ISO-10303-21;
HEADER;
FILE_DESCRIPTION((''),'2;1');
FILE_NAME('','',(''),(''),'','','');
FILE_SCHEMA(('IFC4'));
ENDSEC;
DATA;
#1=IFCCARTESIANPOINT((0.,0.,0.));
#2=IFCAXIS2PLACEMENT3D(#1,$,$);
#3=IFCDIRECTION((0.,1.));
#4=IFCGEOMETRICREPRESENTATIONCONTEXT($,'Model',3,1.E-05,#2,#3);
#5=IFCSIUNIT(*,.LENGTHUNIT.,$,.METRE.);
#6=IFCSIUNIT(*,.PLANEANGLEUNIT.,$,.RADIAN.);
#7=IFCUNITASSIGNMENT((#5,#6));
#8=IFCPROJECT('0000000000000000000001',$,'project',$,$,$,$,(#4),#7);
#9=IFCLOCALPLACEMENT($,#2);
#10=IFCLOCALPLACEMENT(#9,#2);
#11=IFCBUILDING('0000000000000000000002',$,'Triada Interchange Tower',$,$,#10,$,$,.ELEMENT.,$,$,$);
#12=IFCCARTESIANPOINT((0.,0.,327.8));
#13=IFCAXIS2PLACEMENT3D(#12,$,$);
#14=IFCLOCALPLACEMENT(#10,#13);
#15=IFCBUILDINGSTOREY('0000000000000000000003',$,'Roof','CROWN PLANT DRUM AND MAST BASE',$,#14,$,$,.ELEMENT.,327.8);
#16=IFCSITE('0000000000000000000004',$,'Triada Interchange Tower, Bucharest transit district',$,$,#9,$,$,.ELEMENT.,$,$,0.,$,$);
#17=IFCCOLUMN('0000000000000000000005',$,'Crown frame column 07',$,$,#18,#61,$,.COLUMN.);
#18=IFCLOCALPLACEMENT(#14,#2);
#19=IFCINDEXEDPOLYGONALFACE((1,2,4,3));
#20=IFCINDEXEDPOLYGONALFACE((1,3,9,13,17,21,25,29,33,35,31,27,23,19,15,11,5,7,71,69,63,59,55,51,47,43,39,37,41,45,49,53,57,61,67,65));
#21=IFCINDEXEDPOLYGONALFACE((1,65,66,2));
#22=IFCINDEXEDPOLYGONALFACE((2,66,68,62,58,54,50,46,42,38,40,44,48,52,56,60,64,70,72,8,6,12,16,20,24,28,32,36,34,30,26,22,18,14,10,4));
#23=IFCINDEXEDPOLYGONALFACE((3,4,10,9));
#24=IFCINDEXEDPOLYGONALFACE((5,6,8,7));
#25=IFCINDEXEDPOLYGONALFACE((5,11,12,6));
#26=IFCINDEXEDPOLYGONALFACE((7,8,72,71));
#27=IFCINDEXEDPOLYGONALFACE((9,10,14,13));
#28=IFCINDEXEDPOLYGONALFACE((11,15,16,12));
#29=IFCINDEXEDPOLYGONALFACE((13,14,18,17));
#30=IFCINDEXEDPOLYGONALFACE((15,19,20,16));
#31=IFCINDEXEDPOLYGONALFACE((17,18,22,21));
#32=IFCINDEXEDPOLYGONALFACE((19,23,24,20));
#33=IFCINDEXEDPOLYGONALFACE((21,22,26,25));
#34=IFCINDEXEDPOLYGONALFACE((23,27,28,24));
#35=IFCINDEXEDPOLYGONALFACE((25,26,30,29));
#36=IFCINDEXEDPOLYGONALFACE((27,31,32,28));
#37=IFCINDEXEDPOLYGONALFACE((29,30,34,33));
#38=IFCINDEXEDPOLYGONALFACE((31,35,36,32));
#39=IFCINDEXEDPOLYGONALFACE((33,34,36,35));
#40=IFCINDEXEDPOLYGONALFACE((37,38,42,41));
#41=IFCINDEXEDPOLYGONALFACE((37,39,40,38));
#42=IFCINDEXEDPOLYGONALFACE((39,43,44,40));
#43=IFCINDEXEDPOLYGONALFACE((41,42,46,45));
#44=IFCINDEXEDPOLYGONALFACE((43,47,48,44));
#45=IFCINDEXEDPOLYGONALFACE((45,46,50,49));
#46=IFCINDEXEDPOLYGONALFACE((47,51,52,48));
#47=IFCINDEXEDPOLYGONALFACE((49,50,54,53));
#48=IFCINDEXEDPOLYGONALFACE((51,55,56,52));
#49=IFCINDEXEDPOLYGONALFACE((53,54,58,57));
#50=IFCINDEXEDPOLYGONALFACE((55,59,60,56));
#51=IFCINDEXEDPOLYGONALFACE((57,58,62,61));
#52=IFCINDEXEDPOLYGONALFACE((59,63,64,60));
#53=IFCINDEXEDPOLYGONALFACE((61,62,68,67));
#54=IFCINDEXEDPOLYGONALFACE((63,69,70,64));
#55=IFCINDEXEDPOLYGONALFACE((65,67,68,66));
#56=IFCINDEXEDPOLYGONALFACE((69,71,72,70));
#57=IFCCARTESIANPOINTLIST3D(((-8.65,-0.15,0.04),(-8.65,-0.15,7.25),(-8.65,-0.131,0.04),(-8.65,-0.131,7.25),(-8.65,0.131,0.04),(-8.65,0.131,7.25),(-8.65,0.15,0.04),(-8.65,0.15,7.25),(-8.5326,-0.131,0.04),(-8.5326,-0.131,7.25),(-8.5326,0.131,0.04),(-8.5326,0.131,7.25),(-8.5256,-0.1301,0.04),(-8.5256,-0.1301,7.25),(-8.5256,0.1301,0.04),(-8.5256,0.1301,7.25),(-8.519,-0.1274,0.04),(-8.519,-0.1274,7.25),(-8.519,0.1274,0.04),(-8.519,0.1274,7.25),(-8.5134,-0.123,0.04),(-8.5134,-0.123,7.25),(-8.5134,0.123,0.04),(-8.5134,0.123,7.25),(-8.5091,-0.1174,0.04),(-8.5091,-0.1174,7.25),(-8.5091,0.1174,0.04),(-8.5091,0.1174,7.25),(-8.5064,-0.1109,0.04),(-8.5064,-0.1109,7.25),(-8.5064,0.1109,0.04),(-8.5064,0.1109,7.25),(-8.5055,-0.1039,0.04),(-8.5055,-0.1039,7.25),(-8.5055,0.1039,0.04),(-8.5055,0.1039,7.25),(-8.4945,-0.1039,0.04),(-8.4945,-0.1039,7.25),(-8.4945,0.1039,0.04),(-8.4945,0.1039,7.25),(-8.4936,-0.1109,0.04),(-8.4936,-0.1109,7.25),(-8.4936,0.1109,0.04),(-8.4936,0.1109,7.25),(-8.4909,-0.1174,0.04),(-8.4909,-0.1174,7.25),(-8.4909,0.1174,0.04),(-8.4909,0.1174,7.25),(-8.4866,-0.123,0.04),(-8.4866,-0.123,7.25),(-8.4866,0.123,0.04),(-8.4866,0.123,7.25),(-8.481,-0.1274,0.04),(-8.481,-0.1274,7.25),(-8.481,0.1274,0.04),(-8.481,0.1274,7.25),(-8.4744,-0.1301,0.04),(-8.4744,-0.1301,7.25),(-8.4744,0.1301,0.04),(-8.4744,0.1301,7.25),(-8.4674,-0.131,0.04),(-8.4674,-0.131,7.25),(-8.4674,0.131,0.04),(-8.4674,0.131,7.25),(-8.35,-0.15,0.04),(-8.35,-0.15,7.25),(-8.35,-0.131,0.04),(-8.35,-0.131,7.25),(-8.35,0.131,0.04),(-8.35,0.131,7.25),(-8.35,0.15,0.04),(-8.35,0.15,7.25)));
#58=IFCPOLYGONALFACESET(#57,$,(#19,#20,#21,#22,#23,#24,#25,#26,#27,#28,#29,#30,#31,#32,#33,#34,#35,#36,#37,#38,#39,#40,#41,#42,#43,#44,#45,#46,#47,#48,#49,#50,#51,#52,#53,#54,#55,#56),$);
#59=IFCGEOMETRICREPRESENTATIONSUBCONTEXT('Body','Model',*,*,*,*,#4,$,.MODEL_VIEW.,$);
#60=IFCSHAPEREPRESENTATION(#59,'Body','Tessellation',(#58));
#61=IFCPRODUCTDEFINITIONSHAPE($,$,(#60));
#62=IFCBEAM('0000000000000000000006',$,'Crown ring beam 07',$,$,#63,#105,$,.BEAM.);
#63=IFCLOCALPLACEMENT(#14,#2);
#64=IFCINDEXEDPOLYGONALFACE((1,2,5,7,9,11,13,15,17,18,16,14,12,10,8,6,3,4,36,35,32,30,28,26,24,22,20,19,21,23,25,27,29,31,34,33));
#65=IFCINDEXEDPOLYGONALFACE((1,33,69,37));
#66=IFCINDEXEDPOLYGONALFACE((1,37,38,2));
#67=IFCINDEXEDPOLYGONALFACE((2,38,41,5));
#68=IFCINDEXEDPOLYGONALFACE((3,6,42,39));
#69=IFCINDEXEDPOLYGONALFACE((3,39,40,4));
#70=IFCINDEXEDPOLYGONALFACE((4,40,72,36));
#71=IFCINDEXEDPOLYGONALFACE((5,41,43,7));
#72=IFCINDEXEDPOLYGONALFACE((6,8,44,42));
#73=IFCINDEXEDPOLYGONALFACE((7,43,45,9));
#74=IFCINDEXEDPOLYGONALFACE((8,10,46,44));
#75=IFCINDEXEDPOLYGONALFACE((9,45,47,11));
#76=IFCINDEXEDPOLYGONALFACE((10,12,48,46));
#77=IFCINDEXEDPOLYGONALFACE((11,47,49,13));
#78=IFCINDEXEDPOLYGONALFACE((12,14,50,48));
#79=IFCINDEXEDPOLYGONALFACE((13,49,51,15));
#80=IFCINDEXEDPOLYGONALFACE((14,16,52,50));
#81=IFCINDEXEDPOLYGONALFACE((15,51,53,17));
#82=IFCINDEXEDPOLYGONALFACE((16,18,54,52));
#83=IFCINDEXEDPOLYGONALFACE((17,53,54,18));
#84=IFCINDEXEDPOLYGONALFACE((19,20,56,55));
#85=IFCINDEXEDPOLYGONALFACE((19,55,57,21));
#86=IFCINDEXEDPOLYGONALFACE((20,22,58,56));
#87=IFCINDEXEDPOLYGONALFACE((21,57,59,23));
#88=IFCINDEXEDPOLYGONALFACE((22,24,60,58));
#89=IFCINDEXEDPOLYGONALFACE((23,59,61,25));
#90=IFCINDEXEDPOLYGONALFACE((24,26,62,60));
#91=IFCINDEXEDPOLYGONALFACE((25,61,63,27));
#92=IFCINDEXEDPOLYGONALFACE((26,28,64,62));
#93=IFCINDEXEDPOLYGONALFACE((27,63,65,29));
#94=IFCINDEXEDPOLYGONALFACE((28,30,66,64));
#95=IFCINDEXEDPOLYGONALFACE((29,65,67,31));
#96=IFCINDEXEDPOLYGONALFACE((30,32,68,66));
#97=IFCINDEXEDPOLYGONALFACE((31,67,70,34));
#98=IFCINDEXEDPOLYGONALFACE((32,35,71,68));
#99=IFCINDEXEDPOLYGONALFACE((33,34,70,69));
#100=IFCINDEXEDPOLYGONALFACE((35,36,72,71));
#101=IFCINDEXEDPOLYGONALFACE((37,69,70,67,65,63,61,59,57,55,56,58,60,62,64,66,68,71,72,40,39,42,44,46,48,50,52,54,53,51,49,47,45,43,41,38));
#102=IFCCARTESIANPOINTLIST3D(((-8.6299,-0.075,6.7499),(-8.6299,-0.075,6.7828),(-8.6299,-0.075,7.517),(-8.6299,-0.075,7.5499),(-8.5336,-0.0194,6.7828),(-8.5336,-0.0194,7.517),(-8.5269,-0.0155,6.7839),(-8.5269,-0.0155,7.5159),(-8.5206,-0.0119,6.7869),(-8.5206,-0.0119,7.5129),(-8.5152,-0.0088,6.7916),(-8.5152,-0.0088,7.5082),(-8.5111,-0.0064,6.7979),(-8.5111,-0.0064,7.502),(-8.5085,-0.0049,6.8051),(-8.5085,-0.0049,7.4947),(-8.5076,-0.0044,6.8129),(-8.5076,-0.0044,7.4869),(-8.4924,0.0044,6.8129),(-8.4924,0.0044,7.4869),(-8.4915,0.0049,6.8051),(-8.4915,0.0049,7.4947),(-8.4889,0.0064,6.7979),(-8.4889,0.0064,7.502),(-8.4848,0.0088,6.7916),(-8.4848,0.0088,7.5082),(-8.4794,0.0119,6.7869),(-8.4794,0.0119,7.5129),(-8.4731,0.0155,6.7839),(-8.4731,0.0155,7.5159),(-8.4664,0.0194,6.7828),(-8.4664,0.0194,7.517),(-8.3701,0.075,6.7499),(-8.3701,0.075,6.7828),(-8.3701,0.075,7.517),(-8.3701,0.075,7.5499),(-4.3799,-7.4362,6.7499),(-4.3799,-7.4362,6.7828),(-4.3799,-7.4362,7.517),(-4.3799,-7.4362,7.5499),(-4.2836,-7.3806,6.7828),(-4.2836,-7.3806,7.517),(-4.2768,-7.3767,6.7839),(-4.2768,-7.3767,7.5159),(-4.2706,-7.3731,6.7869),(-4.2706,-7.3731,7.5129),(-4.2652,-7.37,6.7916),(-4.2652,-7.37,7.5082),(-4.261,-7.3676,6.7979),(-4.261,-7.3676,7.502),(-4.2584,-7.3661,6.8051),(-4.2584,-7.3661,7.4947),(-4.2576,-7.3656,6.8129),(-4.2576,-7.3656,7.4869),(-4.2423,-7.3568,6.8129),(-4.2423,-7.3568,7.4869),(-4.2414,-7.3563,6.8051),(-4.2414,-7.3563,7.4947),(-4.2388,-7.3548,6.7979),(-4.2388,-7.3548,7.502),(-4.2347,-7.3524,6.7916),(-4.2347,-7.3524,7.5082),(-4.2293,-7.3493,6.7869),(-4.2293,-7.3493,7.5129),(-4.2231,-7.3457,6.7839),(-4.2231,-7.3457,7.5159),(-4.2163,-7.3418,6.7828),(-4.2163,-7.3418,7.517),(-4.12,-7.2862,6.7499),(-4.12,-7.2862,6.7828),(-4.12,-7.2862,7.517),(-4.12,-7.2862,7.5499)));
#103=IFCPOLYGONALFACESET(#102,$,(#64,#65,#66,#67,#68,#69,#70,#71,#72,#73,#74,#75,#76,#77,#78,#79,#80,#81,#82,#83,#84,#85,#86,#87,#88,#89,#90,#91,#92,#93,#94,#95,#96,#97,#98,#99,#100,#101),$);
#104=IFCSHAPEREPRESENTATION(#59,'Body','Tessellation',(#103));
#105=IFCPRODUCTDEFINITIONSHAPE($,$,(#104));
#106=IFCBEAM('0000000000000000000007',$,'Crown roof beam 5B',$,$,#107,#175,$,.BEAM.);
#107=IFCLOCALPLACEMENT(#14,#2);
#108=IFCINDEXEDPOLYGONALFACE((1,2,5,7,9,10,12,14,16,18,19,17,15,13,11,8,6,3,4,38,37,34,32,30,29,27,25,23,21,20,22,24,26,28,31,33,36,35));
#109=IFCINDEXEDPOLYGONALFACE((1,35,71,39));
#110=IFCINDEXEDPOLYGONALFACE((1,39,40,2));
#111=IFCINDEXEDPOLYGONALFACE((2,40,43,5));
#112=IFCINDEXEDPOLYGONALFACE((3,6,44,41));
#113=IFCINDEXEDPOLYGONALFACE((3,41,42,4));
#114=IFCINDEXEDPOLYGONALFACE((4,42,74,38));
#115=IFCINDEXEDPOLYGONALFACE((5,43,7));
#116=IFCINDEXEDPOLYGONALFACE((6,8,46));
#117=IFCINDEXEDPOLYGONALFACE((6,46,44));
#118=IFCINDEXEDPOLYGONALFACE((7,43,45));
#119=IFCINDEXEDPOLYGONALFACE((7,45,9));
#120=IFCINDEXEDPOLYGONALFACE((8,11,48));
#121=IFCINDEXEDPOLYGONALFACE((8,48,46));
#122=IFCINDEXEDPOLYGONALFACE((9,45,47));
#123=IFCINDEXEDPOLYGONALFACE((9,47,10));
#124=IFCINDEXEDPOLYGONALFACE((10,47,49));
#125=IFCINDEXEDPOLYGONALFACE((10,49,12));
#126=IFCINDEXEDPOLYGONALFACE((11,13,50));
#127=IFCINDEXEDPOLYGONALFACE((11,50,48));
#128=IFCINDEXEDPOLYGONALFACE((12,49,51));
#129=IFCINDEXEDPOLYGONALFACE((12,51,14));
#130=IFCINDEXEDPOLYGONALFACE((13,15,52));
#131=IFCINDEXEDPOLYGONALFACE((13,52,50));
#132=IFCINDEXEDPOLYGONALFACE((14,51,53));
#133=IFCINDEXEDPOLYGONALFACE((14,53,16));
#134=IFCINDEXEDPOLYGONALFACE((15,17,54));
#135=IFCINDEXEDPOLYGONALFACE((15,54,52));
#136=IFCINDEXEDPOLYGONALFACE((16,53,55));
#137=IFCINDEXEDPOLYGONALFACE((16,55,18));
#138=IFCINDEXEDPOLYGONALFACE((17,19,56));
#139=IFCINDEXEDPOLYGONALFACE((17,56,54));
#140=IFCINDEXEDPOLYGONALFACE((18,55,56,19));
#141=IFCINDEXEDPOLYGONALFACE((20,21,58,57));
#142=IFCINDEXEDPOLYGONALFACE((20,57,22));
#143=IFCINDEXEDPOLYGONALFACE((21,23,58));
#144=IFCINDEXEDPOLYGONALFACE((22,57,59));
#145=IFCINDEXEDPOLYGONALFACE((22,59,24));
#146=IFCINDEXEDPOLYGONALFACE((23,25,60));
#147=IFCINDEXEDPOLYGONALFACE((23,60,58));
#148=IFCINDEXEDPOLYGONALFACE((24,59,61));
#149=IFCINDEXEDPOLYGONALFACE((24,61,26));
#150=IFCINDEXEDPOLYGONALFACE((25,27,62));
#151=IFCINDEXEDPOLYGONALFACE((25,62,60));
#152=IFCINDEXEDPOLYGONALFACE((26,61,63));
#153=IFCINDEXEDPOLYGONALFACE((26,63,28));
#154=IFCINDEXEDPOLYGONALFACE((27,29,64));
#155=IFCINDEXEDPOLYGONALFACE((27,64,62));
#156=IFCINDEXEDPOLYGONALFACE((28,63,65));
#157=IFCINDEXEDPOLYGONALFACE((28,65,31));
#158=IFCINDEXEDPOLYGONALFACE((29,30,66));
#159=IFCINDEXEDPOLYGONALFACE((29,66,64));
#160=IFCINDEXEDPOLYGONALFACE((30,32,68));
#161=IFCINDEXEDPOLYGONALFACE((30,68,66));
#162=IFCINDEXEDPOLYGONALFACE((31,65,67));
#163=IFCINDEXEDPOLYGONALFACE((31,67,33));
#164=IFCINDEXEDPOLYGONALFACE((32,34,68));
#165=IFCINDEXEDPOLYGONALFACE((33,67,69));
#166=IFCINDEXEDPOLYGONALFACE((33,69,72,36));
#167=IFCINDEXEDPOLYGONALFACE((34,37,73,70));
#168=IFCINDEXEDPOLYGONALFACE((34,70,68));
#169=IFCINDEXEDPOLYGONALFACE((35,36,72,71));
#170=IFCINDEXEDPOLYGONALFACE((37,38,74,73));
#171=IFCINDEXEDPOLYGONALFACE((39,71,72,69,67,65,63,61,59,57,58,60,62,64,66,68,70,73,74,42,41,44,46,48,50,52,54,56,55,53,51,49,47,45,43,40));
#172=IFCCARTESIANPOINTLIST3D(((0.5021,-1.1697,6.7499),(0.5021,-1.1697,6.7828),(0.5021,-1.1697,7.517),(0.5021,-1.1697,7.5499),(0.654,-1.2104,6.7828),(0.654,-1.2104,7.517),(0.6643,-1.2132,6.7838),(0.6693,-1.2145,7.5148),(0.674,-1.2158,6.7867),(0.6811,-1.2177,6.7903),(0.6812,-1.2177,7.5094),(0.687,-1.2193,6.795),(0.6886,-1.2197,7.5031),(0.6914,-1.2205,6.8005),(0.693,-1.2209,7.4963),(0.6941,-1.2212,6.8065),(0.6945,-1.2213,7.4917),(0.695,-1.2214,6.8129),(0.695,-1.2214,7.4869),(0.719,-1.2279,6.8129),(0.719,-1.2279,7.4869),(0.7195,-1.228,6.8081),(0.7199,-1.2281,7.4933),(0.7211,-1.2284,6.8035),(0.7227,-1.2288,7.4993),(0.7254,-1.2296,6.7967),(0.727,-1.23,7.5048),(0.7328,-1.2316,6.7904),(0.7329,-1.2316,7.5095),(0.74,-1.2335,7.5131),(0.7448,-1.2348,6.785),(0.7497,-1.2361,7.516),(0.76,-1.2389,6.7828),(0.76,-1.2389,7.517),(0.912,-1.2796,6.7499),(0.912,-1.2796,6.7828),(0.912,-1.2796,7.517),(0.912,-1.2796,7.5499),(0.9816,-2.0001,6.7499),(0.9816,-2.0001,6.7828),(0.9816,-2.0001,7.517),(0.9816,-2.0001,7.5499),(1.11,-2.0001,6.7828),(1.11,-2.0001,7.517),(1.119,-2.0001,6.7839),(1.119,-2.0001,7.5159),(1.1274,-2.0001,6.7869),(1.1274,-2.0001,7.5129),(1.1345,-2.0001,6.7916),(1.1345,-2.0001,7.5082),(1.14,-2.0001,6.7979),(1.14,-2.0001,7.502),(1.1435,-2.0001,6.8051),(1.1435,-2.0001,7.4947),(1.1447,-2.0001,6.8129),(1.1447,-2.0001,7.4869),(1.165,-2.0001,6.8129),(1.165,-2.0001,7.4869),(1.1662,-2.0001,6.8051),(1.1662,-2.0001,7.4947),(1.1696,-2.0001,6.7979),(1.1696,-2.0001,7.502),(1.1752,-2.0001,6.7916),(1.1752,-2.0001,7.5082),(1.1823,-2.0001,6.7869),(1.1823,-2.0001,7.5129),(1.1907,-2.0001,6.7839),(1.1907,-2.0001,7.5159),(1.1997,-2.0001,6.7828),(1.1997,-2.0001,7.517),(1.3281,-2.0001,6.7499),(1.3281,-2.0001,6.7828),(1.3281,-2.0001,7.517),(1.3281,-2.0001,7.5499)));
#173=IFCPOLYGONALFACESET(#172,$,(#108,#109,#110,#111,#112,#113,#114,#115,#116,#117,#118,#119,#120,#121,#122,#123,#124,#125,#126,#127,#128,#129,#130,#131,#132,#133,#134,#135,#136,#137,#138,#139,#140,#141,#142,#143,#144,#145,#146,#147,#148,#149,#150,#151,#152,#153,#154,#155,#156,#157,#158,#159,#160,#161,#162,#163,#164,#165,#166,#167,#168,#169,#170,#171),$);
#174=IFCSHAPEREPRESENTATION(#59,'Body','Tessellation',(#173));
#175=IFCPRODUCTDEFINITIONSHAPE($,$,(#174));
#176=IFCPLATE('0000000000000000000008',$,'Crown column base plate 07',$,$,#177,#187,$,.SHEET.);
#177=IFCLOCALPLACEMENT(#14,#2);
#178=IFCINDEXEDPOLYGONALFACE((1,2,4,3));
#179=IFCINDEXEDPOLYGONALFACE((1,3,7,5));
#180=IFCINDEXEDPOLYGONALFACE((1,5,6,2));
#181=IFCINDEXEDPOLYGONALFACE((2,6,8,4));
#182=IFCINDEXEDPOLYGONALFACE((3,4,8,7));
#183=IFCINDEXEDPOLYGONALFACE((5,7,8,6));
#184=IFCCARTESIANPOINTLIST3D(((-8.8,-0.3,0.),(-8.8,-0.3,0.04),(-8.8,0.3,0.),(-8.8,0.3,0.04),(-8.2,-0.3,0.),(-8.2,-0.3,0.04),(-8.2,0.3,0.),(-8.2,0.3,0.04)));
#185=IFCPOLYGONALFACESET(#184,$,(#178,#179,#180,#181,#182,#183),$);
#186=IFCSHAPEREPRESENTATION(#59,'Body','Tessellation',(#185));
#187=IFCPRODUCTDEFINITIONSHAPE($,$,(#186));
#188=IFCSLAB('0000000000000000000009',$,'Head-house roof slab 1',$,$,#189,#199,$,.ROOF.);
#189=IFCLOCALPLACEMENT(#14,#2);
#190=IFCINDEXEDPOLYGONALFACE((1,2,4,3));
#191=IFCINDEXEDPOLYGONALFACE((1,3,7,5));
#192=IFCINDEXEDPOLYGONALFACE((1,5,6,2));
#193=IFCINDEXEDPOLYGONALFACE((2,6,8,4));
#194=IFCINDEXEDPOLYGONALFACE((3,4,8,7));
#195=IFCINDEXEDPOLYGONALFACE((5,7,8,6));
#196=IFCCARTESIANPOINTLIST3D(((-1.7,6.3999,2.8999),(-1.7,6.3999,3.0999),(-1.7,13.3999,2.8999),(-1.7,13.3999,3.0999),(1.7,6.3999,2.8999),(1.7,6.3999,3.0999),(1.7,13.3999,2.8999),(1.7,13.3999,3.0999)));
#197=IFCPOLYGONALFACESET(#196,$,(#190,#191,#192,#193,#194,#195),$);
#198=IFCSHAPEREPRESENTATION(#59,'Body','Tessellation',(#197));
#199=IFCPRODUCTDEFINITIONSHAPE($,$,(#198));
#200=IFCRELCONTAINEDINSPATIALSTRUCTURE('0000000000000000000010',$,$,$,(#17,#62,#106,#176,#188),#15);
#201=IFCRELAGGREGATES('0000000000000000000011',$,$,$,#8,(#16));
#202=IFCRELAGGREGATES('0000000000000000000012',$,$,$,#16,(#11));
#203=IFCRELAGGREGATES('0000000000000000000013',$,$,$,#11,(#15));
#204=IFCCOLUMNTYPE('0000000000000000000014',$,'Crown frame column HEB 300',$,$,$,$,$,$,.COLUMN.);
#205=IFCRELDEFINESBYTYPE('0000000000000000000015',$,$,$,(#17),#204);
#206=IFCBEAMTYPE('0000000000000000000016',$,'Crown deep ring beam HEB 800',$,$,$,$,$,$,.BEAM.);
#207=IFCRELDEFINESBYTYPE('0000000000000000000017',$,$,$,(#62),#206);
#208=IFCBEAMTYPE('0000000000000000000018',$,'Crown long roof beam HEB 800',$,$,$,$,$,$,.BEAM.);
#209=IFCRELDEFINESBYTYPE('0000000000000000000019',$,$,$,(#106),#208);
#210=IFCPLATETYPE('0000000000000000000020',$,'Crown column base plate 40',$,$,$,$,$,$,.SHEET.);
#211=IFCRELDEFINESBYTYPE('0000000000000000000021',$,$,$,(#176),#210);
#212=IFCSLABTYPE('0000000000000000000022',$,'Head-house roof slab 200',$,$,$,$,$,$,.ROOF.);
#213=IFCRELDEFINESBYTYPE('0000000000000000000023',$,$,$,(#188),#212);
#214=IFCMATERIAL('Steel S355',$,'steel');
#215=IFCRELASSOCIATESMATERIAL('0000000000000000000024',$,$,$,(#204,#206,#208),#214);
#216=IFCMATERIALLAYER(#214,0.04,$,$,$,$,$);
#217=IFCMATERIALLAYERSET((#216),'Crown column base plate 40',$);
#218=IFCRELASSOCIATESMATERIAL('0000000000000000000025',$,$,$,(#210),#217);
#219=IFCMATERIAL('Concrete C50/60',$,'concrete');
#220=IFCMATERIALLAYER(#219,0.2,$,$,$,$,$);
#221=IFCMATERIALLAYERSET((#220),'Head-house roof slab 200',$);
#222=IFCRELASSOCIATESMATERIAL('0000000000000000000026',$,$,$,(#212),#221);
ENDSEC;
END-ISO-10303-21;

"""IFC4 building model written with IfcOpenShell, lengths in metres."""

from ifc_helpers import new_model, si_unit, direction, frame, origin, origin_2d, place, context, subcontext, project, spatial, polyline, rectangle, i_section, outline, extrude, clip, halfspace, material, layer, layer_set, material_profile, profile_set, type_object, element, save


model = new_model("IFC4")

# Units and contexts
model_context = context("Model", 3, precision=1e-05, world=origin(), true_north=direction((0.0, 1.0)))
body_context = subcontext(model_context, "Body", "Model", "MODEL_VIEW")
ifc_project = project(units=[si_unit("LENGTHUNIT", "METRE"), si_unit("PLANEANGLEUNIT", "RADIAN")], contexts=[model_context])

# Site, building, storey
site_placement = place(None, origin())
site = spatial("IfcSite", under=ifc_project, at=site_placement, Name="Triada Interchange Tower, Bucharest transit district", CompositionType="ELEMENT", RefElevation=0.0)
building_placement = place(site_placement, origin())
building = spatial("IfcBuilding", under=site, at=building_placement, Name="Triada Interchange Tower", CompositionType="ELEMENT")
storey_placement = place(building_placement, frame((0.0, 0.0, 327.8)))
storey = spatial("IfcBuildingStorey", under=building, at=storey_placement, Name="Roof", Description="CROWN PLANT DRUM AND MAST BASE", CompositionType="ELEMENT", Elevation=327.8)

# Column
ifc_material_1 = material(Name="Steel S355", Category="steel")
ifc_material_profile_1 = material_profile(ifc_material_1, i_section(OverallWidth=0.3, OverallDepth=0.3, WebThickness=0.011, FlangeThickness=0.019, FilletRadius=0.0271, at=origin_2d()), Name="HEB 300")
ifc_profile_set_1 = profile_set([ifc_material_profile_1], Name="Steel S355")
column_type = type_object("IfcColumnType", Name="Crown frame column HEB 300", PredefinedType="COLUMN", material=ifc_profile_set_1)
column_placement = place(storey_placement, frame((-8.5, 0.0, 0.04), z_axis=(0.0, 0.0, 1.0), x_axis=(1.0, 0.0, 0.0)))
element("IfcColumn", 1, at=column_placement, inside=storey, type_object=column_type, Name="Crown frame column 07", PredefinedType="COLUMN", context=body_context, shape_type="SweptSolid", body=[
    extrude(i_section(OverallWidth=0.3, OverallDepth=0.3, WebThickness=0.011, FlangeThickness=0.019, FilletRadius=0.0271, at=origin_2d()), origin(), (0.0, 0.0, 1.0), 7.21),
])

# Beams
ifc_material_profile_2 = material_profile(ifc_material_1, i_section(OverallWidth=0.3, OverallDepth=0.8, WebThickness=0.0176, FlangeThickness=0.033, FilletRadius=0.03, at=origin_2d()), Name="HEB 800")
ifc_profile_set_2 = profile_set([ifc_material_profile_2], Name="Steel S355")
beam_type_1 = type_object("IfcBeamType", Name="Crown deep ring beam HEB 800", PredefinedType="BEAM", material=ifc_profile_set_2)
beam_1_placement = place(storey_placement, frame((-8.5, 0.0, 7.1499), z_axis=(0.500007, -0.866022, 0.0), x_axis=(0.866022, 0.500007, 0.0)))
element("IfcBeam", 2, at=beam_1_placement, inside=storey, type_object=beam_type_1, Name="Crown ring beam 07", PredefinedType="BEAM", context=body_context, shape_type="SweptSolid", body=[
    extrude(i_section(OverallWidth=0.3, OverallDepth=0.8, WebThickness=0.0176, FlangeThickness=0.033, FilletRadius=0.03, at=origin_2d()), origin(), (0.0, 0.0, 1.0), 8.5),
])
ifc_material_profile_3 = material_profile(ifc_material_1, i_section(OverallWidth=0.3, OverallDepth=0.8, WebThickness=0.0176, FlangeThickness=0.033, FilletRadius=0.03, at=origin_2d()), Name="HEB 800")
ifc_profile_set_3 = profile_set([ifc_material_profile_3], Name="Steel S355")
beam_type_2 = type_object("IfcBeamType", Name="Crown long roof beam HEB 800", PredefinedType="BEAM", material=ifc_profile_set_3)
beam_2_placement = place(storey_placement, frame((-0.043, 0.074, 7.1499), z_axis=(0.500109, -0.865962, 0.0), x_axis=(0.865962, 0.500109, 0.0)))
element("IfcBeam", 3, at=beam_2_placement, inside=storey, type_object=beam_type_2, Name="Crown roof beam 5B", PredefinedType="BEAM", context=body_context, shape_type="Clipping", body=[
    clip(clip(extrude(i_section(OverallWidth=0.3, OverallDepth=0.8, WebThickness=0.0176, FlangeThickness=0.033, FilletRadius=0.03, at=origin_2d()), origin(), (0.0, 0.0, 1.0), 3.8953), halfspace(frame((0.5176, -334.95, 2.0173), z_axis=(0.707185, 0.0, -0.707028), x_axis=(0.0, -1.0, 0.0)), False)), halfspace(frame((0.2556, -334.95, 2.5427), z_axis=(-0.500109, 0.0, 0.865962), x_axis=(0.0, 1.0, 0.0)), False)),
])

# Plate
ifc_layer_1 = layer(ifc_material_1, 0.04)
ifc_layer_set_1 = layer_set([ifc_layer_1], Name="Crown column base plate 40")
plate_type = type_object("IfcPlateType", Name="Crown column base plate 40", PredefinedType="SHEET", material=ifc_layer_set_1)
plate_placement = place(storey_placement, frame((-8.5, 0.0, 0.0), z_axis=(0.0, 0.0, 1.0), x_axis=(1.0, 0.0, 0.0)))
element("IfcPlate", 4, at=plate_placement, inside=storey, type_object=plate_type, Name="Crown column base plate 07", PredefinedType="SHEET", context=body_context, shape_type="SweptSolid", body=[
    extrude(rectangle(XDim=0.6001, YDim=0.6001, at=origin_2d()), origin(), (0.0, 0.0, 1.0), 0.04),
])

# Slab
ifc_material_2 = material(Name="Concrete C50/60", Category="concrete")
ifc_layer_2 = layer(ifc_material_2, 0.2)
ifc_layer_set_2 = layer_set([ifc_layer_2], Name="Head-house roof slab 200")
slab_type_1 = type_object("IfcSlabType", Name="Head-house roof slab 200", PredefinedType="ROOF", material=ifc_layer_set_2)
slab_1_placement = place(storey_placement, frame((0.0, 0.0, 2.8999)))
element("IfcSlab", 5, at=slab_1_placement, inside=storey, type_object=slab_type_1, Name="Head-house roof slab 1", PredefinedType="ROOF", context=body_context, shape_type="SweptSolid", body=[
    extrude(outline(polyline([(1.7, 6.3999), (-1.7, 6.3999), (-1.7, 13.3999), (1.7, 13.3999), (1.7, 6.3999)])), origin(), (0.0, 0.0, 1.0), 0.2),
])

save(model, "model.ifc")
